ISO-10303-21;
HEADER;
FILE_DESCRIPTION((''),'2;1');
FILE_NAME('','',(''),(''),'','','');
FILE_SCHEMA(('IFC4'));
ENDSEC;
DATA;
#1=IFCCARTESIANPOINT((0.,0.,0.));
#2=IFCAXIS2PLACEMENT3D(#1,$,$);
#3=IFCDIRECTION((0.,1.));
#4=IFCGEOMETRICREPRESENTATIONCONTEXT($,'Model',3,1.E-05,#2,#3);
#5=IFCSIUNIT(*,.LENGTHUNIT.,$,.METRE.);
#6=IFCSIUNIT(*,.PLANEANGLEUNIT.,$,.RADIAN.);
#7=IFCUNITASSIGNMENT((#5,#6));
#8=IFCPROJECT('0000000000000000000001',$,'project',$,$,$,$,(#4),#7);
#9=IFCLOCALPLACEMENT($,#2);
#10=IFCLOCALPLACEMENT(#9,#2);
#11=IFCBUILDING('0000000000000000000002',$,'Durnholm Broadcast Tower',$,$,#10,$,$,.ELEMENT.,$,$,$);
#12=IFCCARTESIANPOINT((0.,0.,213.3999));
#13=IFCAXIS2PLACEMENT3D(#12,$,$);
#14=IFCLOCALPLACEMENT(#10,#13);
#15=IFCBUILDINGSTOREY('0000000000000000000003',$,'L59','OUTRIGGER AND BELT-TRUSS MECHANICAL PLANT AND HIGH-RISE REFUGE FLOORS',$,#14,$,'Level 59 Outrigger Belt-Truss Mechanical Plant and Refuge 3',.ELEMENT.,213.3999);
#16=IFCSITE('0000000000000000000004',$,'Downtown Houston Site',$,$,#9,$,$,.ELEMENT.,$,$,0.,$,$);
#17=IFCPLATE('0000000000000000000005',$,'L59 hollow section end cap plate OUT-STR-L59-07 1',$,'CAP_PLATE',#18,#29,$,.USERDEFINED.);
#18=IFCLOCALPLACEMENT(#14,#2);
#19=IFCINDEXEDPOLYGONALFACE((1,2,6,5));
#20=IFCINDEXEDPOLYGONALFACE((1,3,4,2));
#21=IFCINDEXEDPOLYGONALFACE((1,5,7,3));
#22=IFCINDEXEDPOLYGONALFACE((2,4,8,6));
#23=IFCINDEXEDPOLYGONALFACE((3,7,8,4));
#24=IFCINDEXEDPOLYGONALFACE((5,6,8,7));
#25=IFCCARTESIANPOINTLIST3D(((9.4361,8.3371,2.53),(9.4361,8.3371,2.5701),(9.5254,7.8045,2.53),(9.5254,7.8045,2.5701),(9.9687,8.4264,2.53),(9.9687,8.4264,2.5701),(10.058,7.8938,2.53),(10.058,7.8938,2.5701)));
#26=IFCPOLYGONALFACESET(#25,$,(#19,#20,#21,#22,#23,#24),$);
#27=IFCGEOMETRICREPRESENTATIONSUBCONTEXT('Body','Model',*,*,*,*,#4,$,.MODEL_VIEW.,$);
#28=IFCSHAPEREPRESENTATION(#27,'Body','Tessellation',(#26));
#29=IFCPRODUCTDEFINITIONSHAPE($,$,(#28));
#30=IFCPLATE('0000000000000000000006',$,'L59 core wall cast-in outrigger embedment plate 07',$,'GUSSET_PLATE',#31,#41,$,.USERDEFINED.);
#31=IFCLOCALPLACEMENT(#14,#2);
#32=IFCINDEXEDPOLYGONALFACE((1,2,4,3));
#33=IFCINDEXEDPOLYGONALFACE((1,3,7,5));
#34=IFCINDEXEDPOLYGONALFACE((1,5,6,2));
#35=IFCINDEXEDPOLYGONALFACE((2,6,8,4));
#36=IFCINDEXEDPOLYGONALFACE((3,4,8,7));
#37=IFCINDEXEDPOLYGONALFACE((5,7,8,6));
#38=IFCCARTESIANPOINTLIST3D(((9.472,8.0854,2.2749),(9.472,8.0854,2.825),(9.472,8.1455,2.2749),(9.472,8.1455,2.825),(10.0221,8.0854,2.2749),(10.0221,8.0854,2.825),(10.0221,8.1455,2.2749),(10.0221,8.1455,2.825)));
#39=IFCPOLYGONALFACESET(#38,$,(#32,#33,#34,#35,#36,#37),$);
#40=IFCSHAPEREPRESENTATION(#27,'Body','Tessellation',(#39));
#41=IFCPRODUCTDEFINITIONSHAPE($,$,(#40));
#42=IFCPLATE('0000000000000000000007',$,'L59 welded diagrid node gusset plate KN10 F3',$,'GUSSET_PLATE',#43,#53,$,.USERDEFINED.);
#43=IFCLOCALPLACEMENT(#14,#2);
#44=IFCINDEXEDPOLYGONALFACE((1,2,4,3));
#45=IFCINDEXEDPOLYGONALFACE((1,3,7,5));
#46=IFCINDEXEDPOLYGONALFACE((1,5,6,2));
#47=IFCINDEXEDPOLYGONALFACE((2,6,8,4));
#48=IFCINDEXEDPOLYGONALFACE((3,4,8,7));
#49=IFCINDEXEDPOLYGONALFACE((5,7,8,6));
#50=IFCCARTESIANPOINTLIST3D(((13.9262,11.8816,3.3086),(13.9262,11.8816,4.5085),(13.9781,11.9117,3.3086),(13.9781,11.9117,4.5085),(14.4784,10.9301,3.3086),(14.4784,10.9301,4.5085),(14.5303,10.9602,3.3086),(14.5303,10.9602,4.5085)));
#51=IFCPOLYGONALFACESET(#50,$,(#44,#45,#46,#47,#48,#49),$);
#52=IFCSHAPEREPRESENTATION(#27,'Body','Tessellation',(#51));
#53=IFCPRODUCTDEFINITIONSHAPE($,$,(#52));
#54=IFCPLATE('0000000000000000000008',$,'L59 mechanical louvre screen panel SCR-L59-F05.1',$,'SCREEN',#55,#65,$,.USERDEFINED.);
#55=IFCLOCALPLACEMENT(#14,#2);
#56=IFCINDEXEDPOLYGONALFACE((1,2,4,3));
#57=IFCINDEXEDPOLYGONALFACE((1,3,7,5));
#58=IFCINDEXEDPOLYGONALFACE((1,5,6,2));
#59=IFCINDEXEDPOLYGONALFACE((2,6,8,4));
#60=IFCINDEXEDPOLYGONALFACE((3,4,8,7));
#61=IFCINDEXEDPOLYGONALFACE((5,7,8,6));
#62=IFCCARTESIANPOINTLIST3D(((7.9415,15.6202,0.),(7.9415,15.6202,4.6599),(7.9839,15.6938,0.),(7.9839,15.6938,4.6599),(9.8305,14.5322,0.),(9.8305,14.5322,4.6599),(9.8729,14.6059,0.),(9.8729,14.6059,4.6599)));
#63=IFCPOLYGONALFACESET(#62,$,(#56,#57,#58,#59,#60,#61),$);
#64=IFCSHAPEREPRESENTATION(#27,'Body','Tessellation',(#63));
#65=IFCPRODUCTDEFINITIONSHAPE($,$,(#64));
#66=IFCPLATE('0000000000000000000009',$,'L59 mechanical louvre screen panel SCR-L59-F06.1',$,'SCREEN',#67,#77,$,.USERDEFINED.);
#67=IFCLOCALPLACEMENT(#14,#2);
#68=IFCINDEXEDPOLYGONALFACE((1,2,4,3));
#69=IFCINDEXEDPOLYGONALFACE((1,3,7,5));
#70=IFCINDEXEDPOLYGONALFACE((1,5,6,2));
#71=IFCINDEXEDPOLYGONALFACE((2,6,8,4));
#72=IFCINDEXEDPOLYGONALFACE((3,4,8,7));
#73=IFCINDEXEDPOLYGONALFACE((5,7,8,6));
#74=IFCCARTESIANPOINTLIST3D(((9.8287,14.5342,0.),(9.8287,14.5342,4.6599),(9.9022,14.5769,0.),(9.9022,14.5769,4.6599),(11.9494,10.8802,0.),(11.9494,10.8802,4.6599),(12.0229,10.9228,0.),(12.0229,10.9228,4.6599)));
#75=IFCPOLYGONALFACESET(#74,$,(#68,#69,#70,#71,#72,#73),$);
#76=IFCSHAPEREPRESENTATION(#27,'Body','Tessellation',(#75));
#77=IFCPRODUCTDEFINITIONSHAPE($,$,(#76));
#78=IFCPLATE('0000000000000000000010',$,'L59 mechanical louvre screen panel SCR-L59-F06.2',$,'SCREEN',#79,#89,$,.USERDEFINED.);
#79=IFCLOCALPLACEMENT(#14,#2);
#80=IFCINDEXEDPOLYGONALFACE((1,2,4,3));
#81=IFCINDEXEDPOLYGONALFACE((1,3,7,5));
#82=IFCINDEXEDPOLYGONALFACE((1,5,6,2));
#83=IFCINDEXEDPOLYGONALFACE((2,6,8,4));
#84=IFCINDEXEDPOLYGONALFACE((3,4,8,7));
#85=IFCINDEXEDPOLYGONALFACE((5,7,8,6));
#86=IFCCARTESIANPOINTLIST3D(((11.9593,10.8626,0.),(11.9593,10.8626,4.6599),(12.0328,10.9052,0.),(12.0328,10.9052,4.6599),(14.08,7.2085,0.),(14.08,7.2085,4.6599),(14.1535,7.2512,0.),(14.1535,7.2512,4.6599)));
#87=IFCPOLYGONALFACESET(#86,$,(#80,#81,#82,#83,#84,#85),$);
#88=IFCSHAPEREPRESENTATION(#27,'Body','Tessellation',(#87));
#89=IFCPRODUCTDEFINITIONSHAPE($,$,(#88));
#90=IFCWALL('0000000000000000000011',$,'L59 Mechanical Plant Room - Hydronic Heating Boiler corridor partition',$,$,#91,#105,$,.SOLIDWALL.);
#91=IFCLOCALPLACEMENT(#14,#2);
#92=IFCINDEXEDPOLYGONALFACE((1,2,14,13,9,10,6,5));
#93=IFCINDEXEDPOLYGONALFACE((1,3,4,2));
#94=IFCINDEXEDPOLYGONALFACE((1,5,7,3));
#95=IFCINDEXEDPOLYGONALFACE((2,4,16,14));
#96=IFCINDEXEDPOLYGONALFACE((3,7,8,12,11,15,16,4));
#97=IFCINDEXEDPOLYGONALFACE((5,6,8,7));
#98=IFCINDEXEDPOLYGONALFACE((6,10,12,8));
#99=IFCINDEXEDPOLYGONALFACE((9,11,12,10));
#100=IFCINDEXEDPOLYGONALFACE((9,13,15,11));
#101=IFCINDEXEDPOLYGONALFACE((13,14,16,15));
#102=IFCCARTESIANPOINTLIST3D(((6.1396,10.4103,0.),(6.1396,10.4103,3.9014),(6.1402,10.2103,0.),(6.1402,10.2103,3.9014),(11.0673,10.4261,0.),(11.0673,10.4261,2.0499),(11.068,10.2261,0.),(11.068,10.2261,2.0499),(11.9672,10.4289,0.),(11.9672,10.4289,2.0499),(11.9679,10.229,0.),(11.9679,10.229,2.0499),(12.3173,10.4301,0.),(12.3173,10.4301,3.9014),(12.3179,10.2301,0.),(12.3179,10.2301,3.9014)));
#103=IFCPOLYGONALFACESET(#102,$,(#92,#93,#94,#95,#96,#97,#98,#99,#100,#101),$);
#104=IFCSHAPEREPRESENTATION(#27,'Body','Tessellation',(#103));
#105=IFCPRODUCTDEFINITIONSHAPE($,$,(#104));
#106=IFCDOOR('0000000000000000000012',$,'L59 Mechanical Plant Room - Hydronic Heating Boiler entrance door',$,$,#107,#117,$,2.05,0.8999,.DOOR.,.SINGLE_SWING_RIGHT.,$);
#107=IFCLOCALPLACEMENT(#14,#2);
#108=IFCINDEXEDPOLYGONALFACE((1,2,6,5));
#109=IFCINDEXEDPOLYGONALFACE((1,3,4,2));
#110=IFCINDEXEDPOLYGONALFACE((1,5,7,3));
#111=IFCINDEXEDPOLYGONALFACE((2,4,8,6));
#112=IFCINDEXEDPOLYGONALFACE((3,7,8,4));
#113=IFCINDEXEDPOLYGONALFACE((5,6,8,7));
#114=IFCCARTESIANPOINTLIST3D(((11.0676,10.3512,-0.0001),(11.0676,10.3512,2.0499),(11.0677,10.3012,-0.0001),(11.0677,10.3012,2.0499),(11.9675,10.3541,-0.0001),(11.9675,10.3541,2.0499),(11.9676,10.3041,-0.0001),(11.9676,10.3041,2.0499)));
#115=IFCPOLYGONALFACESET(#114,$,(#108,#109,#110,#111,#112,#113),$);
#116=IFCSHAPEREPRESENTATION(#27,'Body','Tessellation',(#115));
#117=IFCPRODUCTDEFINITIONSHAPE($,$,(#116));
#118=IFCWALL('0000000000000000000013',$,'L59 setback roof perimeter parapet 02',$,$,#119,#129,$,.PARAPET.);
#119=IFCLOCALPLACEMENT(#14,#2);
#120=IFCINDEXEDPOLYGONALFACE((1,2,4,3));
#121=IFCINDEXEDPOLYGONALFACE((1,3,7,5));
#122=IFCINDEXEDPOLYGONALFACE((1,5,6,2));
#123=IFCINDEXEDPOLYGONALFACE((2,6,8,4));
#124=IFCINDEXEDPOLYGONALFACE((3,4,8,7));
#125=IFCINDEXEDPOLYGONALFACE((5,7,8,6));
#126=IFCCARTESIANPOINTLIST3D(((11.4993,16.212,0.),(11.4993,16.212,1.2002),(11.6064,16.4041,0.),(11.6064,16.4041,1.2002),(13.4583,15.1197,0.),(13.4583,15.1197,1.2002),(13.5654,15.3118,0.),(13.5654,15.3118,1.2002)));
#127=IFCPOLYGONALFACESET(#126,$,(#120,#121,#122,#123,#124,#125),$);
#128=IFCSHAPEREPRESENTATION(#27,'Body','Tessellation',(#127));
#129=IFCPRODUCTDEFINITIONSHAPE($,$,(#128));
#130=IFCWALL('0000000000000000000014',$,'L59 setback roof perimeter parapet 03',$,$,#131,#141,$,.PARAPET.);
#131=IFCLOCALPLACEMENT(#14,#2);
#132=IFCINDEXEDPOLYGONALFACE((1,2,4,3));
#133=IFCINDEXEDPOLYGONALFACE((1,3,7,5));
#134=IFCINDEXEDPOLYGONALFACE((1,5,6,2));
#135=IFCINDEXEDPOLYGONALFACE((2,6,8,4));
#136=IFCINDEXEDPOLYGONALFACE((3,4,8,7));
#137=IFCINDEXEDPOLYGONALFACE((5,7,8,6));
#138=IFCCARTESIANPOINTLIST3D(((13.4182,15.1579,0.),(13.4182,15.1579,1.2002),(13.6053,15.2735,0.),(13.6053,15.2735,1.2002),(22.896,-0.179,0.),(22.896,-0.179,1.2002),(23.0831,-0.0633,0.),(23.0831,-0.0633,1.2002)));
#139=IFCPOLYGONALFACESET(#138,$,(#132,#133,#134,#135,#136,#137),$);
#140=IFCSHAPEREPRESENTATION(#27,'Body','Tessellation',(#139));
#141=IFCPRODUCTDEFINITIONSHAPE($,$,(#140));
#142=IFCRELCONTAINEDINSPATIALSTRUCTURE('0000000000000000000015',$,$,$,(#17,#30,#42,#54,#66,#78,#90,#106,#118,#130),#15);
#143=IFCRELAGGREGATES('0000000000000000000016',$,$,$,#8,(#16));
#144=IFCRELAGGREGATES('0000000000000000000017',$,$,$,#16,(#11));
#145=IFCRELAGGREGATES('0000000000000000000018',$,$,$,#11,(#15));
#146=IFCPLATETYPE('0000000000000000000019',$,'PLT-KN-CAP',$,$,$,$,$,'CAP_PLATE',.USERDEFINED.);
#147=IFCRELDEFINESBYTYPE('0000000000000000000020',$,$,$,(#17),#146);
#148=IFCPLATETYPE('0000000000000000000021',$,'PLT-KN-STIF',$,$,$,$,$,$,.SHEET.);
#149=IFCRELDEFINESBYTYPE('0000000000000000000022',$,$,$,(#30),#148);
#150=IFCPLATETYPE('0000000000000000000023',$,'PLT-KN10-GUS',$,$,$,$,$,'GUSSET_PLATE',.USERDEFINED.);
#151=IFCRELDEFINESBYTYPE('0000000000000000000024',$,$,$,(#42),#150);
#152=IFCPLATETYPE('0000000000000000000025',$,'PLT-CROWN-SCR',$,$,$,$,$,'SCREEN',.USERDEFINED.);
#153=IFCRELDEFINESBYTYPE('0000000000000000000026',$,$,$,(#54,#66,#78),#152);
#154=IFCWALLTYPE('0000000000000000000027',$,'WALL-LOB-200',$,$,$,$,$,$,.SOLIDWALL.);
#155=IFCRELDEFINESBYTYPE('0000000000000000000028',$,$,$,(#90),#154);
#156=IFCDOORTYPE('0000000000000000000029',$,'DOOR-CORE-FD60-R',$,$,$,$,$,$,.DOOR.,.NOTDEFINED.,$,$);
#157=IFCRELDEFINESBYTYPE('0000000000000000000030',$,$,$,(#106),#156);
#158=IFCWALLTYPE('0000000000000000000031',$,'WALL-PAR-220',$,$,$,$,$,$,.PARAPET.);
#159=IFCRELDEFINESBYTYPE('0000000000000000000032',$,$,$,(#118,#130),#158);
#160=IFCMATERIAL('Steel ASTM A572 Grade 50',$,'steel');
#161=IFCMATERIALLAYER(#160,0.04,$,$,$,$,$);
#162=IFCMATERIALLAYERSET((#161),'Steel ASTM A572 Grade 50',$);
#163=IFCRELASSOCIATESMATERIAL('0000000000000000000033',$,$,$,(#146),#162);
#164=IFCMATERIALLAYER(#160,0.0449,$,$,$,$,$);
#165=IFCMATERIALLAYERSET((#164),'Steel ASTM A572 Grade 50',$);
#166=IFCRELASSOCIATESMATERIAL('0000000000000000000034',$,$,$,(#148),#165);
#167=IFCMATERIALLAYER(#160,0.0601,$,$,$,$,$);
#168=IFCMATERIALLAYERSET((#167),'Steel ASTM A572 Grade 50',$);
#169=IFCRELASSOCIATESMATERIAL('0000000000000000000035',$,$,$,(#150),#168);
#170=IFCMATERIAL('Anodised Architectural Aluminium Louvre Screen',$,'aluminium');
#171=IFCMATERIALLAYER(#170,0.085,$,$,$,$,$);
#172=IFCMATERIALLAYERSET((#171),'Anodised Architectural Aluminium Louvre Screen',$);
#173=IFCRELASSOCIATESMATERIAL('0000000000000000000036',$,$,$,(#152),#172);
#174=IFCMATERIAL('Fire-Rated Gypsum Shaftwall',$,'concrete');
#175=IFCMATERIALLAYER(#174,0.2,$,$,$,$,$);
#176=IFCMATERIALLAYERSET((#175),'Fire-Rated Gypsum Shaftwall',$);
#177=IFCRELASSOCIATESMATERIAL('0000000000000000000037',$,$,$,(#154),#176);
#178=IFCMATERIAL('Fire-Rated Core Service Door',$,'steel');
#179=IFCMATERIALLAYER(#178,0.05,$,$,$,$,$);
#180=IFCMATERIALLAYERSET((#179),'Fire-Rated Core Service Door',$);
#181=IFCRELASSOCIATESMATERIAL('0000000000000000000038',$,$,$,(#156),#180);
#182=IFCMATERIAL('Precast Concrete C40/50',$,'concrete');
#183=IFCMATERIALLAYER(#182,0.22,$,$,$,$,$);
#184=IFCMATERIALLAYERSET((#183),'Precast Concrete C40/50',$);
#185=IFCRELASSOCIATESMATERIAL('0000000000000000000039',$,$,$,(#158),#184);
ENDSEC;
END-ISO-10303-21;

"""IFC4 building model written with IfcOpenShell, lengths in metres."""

from ifc_helpers import new_model, si_unit, direction, frame, frame_2d, origin, origin_2d, place, context, subcontext, project, spatial, rectangle, extrude, source, transform, mapped, material, layer, layer_set, type_object, type_shapes, element, fill, save


model = new_model("IFC4")

# Units and contexts
model_context = context("Model", 3, precision=1e-05, world=origin(), true_north=direction((0.0, 1.0)))
body_context = subcontext(model_context, "Body", "Model", "MODEL_VIEW")
ifc_project = project(units=[si_unit("LENGTHUNIT", "METRE"), si_unit("PLANEANGLEUNIT", "RADIAN")], contexts=[model_context])

# Site, building, storey
site_placement = place(None, origin())
site = spatial("IfcSite", under=ifc_project, at=site_placement, Name="Downtown Houston Site", CompositionType="ELEMENT", RefElevation=0.0)
building_placement = place(site_placement, origin())
building = spatial("IfcBuilding", under=site, at=building_placement, Name="Durnholm Broadcast Tower", CompositionType="ELEMENT")
storey_placement = place(building_placement, frame((0.0, 0.0, 213.3999)))
storey = spatial("IfcBuildingStorey", under=building, at=storey_placement, Name="L59", Description="OUTRIGGER AND BELT-TRUSS MECHANICAL PLANT AND HIGH-RISE REFUGE FLOORS", LongName="Level 59 Outrigger Belt-Truss Mechanical Plant and Refuge 3", CompositionType="ELEMENT", Elevation=213.3999)

# Plates
ifc_material_1 = material(Name="Steel ASTM A572 Grade 50", Category="steel")
ifc_layer_1 = layer(ifc_material_1, 0.04)
ifc_layer_set_1 = layer_set([ifc_layer_1], Name="Steel ASTM A572 Grade 50")
plate_type_1 = type_object("IfcPlateType", Name="PLT-KN-CAP", ElementType="CAP_PLATE", PredefinedType="USERDEFINED", material=ifc_layer_set_1)
shared_shape_1 = source(origin(), body_context, "Body", "SweptSolid", [
    extrude(rectangle(XDim=0.54, YDim=0.54, at=origin_2d()), origin(), (0.0, 0.0, 1.0), 0.04),
])
type_shapes(plate_type_1, [shared_shape_1])
for number, where, z_axis, x_axis, name in (
    (1, (9.7471, 8.1155, 2.53), (0.0, 0.0, 1.0), (-0.165392, 0.986228, 0.0), "L59 hollow section end cap plate OUT-STR-L59-07 1"),
):
    element("IfcPlate", number, at=place(storey_placement, frame(where, z_axis=z_axis, x_axis=x_axis)), inside=storey, type_object=plate_type_1, Name=name, ObjectType="CAP_PLATE", PredefinedType="USERDEFINED", context=body_context, shape_type="MappedRepresentation", body=[
        mapped(shared_shape_1, transform((0.0, 0.0, 0.0), x_axis=(1.0, 0.0, 0.0), y_axis=(0.0, 1.0, 0.0), z_axis=(0.0, 0.0, 1.0), scale=1.0)),
    ])
ifc_layer_2 = layer(ifc_material_1, 0.0449)
ifc_layer_set_2 = layer_set([ifc_layer_2], Name="Steel ASTM A572 Grade 50")
plate_type_2 = type_object("IfcPlateType", Name="PLT-KN-STIF", PredefinedType="SHEET", material=ifc_layer_set_2)
shared_shape_2 = source(origin(), body_context, "Body", "SweptSolid", [
    extrude(rectangle(XDim=0.55, YDim=0.0601, at=origin_2d()), origin(), (0.0, 0.0, 1.0), 0.55),
])
type_shapes(plate_type_2, [shared_shape_2])
plate_1_placement = place(storey_placement, frame((9.7471, 8.1155, 2.2749), z_axis=(0.0, 0.0, 1.0), x_axis=(1.0, 0.0, 0.0)))
element("IfcPlate", 2, at=plate_1_placement, inside=storey, type_object=plate_type_2, Name="L59 core wall cast-in outrigger embedment plate 07", ObjectType="GUSSET_PLATE", PredefinedType="USERDEFINED", context=body_context, shape_type="MappedRepresentation", body=[
    mapped(shared_shape_2, transform((0.0, 0.0, 0.0), x_axis=(1.0, 0.0, 0.0), y_axis=(0.0, 1.0, 0.0), z_axis=(0.0, 0.0, 1.0), scale=1.0)),
])
ifc_layer_3 = layer(ifc_material_1, 0.0601)
ifc_layer_set_3 = layer_set([ifc_layer_3], Name="Steel ASTM A572 Grade 50")
plate_type_3 = type_object("IfcPlateType", Name="PLT-KN10-GUS", ElementType="GUSSET_PLATE", PredefinedType="USERDEFINED", material=ifc_layer_set_3)
shared_shape_3 = source(origin(), body_context, "Body", "SweptSolid", [
    extrude(rectangle(XDim=1.1001, YDim=0.0601, at=origin_2d()), origin(), (0.0, 0.0, 1.0), 1.2),
])
type_shapes(plate_type_3, [shared_shape_3])
plate_2_placement = place(storey_placement, frame((14.2283, 11.4209, 3.3086), z_axis=(0.0, 0.0, 1.0), x_axis=(-0.501964, 0.864889, 0.0)))
element("IfcPlate", 3, at=plate_2_placement, inside=storey, type_object=plate_type_3, Name="L59 welded diagrid node gusset plate KN10 F3", ObjectType="GUSSET_PLATE", PredefinedType="USERDEFINED", context=body_context, shape_type="MappedRepresentation", body=[
    mapped(shared_shape_3, transform((0.0, 0.0, 0.0), x_axis=(1.0, 0.0, 0.0), y_axis=(0.0, 1.0, 0.0), z_axis=(0.0, 0.0, 1.0), scale=1.0)),
])
ifc_material_2 = material(Name="Anodised Architectural Aluminium Louvre Screen", Category="aluminium")
ifc_layer_4 = layer(ifc_material_2, 0.085)
ifc_layer_set_4 = layer_set([ifc_layer_4], Name="Anodised Architectural Aluminium Louvre Screen")
plate_type_4 = type_object("IfcPlateType", Name="PLT-CROWN-SCR", ElementType="SCREEN", PredefinedType="USERDEFINED", material=ifc_layer_set_4)
shared_shape_4 = source(origin(), body_context, "Body", "SweptSolid", [
    extrude(rectangle(XDim=2.1799, YDim=0.085, at=origin_2d()), origin(), (0.0, 0.0, 1.0), 4.6599),
])
plate_3_placement = place(storey_placement, frame((8.9072, 15.113, 0.0), z_axis=(0.0, 0.0, 1.0), x_axis=(0.866549, -0.499093, 0.0)))
element("IfcPlate", 4, at=plate_3_placement, inside=storey, type_object=plate_type_4, Name="L59 mechanical louvre screen panel SCR-L59-F05.1", ObjectType="SCREEN", PredefinedType="USERDEFINED", context=body_context, shape_type="MappedRepresentation", body=[
    mapped(shared_shape_4, transform((0.0, 0.0, 0.0), x_axis=(1.0, 0.0, 0.0), y_axis=(0.0, 1.0, 0.0), z_axis=(0.0, 0.0, 1.0), scale=1.0)),
])
shared_shape_5 = source(origin(), body_context, "Body", "SweptSolid", [
    extrude(rectangle(XDim=4.2249, YDim=0.085, at=origin_2d()), origin(), (0.0, 0.0, 1.0), 4.6599),
])
type_shapes(plate_type_4, [shared_shape_4, shared_shape_5])
for number, where, z_axis, x_axis, name in (
    (5, (10.9258, 12.7285, 0.0), (0.0, 0.0, 1.0), (0.501964, -0.864889, 0.0), "L59 mechanical louvre screen panel SCR-L59-F06.1"),
    (6, (13.0564, 9.0569, 0.0), (0.0, 0.0, 1.0), (0.501964, -0.864889, 0.0), "L59 mechanical louvre screen panel SCR-L59-F06.2"),
):
    element("IfcPlate", number, at=place(storey_placement, frame(where, z_axis=z_axis, x_axis=x_axis)), inside=storey, type_object=plate_type_4, Name=name, ObjectType="SCREEN", PredefinedType="USERDEFINED", context=body_context, shape_type="MappedRepresentation", body=[
        mapped(shared_shape_5, transform((0.0, 0.0, 0.0), x_axis=(1.0, 0.0, 0.0), y_axis=(0.0, 1.0, 0.0), z_axis=(0.0, 0.0, 1.0), scale=1.0)),
    ])

# Wall, opening, door
ifc_material_3 = material(Name="Fire-Rated Gypsum Shaftwall", Category="concrete")
ifc_layer_5 = layer(ifc_material_3, 0.2)
ifc_layer_set_5 = layer_set([ifc_layer_5], Name="Fire-Rated Gypsum Shaftwall")
wall_type_1 = type_object("IfcWallType", Name="WALL-LOB-200", PredefinedType="SOLIDWALL", material=ifc_layer_set_5)
wall_1_placement = place(storey_placement, frame((12.3176, 10.3301, 0.0), z_axis=(0.0, 0.0, 1.0), x_axis=(-0.999995, -0.003201, 0.0)))
wall_1 = element("IfcWall", 7, at=wall_1_placement, inside=storey, type_object=wall_type_1, Name="L59 Mechanical Plant Room - Hydronic Heating Boiler corridor partition", PredefinedType="SOLIDWALL", context=body_context, shape_type="SweptSolid", body=[
    extrude(rectangle(XDim=6.1777, YDim=0.2, at=frame_2d((3.0889, 0.0))), origin(), (0.0, 0.0, 1.0), 3.9014),
])
opening_placement = place(wall_1_placement, frame((0.3501, 0.0, 0.0)))
opening = element("IfcOpeningElement", 8, at=opening_placement, cuts=wall_1, PredefinedType="OPENING", context=body_context, shape_type="SweptSolid", body=[
    extrude(rectangle(XDim=0.8999, YDim=2.05, at=frame_2d((0.45, 1.0249))), frame((0.0, 0.1099, 0.0), z_axis=(0.0, -1.0, 0.0), x_axis=(1.0, 0.0, 0.0)), (0.0, 0.0, 1.0), 0.22),
])
ifc_material_4 = material(Name="Fire-Rated Core Service Door", Category="steel")
ifc_layer_6 = layer(ifc_material_4, 0.05)
ifc_layer_set_6 = layer_set([ifc_layer_6], Name="Fire-Rated Core Service Door")
door_type = type_object("IfcDoorType", Name="DOOR-CORE-FD60-R", OperationType="NOTDEFINED", PredefinedType="DOOR", material=ifc_layer_set_6)
shared_shape_6 = source(origin(), body_context, "Body", "SweptSolid", [
    extrude(rectangle(XDim=0.8999, YDim=2.05, at=frame_2d((0.45, 1.0249))), frame((0.0, 0.0249, 0.0), z_axis=(0.0, -1.0, 0.0), x_axis=(1.0, 0.0, 0.0)), (0.0, 0.0, 1.0), 0.05),
])
type_shapes(door_type, [shared_shape_6])
door_placement = place(opening_placement, origin())
door = element("IfcDoor", 9, at=door_placement, inside=storey, type_object=door_type, Name="L59 Mechanical Plant Room - Hydronic Heating Boiler entrance door", OperationType="SINGLE_SWING_RIGHT", OverallHeight=2.05, OverallWidth=0.8999, PredefinedType="DOOR", context=body_context, shape_type="MappedRepresentation", body=[
    mapped(shared_shape_6, transform((0.0, 0.0, 0.0), x_axis=(1.0, 0.0, 0.0), y_axis=(0.0, 1.0, 0.0), z_axis=(0.0, 0.0, 1.0), scale=1.0)),
])
fill(opening, door)

# Walls
ifc_material_5 = material(Name="Precast Concrete C40/50", Category="concrete")
ifc_layer_7 = layer(ifc_material_5, 0.22)
ifc_layer_set_7 = layer_set([ifc_layer_7], Name="Precast Concrete C40/50")
wall_type_2 = type_object("IfcWallType", Name="WALL-PAR-220", PredefinedType="PARAPET", material=ifc_layer_set_7)
wall_2_placement = place(storey_placement, frame((11.5527, 16.3081, 0.0), z_axis=(0.0, 0.0, 1.0), x_axis=(0.873407, -0.486992, 0.0)))
element("IfcWall", 10, at=wall_2_placement, inside=storey, type_object=wall_type_2, Name="L59 setback roof perimeter parapet 02", PredefinedType="PARAPET", context=body_context, shape_type="SweptSolid", body=[
    extrude(rectangle(XDim=2.2429, YDim=0.22, at=frame_2d((1.1216, 0.0))), origin(), (0.0, 0.0, 1.0), 1.2002),
])
wall_3_placement = place(storey_placement, frame((13.5117, 15.2158, 0.0), z_axis=(0.0, 0.0, 1.0), x_axis=(0.525693, -0.850674, 0.0)))
element("IfcWall", 11, at=wall_3_placement, inside=storey, type_object=wall_type_2, Name="L59 setback roof perimeter parapet 03", PredefinedType="PARAPET", context=body_context, shape_type="SweptSolid", body=[
    extrude(rectangle(XDim=18.0291, YDim=0.22, at=frame_2d((9.0146, 0.0))), origin(), (0.0, 0.0, 1.0), 1.2002),
])

save(model, "model.ifc")
